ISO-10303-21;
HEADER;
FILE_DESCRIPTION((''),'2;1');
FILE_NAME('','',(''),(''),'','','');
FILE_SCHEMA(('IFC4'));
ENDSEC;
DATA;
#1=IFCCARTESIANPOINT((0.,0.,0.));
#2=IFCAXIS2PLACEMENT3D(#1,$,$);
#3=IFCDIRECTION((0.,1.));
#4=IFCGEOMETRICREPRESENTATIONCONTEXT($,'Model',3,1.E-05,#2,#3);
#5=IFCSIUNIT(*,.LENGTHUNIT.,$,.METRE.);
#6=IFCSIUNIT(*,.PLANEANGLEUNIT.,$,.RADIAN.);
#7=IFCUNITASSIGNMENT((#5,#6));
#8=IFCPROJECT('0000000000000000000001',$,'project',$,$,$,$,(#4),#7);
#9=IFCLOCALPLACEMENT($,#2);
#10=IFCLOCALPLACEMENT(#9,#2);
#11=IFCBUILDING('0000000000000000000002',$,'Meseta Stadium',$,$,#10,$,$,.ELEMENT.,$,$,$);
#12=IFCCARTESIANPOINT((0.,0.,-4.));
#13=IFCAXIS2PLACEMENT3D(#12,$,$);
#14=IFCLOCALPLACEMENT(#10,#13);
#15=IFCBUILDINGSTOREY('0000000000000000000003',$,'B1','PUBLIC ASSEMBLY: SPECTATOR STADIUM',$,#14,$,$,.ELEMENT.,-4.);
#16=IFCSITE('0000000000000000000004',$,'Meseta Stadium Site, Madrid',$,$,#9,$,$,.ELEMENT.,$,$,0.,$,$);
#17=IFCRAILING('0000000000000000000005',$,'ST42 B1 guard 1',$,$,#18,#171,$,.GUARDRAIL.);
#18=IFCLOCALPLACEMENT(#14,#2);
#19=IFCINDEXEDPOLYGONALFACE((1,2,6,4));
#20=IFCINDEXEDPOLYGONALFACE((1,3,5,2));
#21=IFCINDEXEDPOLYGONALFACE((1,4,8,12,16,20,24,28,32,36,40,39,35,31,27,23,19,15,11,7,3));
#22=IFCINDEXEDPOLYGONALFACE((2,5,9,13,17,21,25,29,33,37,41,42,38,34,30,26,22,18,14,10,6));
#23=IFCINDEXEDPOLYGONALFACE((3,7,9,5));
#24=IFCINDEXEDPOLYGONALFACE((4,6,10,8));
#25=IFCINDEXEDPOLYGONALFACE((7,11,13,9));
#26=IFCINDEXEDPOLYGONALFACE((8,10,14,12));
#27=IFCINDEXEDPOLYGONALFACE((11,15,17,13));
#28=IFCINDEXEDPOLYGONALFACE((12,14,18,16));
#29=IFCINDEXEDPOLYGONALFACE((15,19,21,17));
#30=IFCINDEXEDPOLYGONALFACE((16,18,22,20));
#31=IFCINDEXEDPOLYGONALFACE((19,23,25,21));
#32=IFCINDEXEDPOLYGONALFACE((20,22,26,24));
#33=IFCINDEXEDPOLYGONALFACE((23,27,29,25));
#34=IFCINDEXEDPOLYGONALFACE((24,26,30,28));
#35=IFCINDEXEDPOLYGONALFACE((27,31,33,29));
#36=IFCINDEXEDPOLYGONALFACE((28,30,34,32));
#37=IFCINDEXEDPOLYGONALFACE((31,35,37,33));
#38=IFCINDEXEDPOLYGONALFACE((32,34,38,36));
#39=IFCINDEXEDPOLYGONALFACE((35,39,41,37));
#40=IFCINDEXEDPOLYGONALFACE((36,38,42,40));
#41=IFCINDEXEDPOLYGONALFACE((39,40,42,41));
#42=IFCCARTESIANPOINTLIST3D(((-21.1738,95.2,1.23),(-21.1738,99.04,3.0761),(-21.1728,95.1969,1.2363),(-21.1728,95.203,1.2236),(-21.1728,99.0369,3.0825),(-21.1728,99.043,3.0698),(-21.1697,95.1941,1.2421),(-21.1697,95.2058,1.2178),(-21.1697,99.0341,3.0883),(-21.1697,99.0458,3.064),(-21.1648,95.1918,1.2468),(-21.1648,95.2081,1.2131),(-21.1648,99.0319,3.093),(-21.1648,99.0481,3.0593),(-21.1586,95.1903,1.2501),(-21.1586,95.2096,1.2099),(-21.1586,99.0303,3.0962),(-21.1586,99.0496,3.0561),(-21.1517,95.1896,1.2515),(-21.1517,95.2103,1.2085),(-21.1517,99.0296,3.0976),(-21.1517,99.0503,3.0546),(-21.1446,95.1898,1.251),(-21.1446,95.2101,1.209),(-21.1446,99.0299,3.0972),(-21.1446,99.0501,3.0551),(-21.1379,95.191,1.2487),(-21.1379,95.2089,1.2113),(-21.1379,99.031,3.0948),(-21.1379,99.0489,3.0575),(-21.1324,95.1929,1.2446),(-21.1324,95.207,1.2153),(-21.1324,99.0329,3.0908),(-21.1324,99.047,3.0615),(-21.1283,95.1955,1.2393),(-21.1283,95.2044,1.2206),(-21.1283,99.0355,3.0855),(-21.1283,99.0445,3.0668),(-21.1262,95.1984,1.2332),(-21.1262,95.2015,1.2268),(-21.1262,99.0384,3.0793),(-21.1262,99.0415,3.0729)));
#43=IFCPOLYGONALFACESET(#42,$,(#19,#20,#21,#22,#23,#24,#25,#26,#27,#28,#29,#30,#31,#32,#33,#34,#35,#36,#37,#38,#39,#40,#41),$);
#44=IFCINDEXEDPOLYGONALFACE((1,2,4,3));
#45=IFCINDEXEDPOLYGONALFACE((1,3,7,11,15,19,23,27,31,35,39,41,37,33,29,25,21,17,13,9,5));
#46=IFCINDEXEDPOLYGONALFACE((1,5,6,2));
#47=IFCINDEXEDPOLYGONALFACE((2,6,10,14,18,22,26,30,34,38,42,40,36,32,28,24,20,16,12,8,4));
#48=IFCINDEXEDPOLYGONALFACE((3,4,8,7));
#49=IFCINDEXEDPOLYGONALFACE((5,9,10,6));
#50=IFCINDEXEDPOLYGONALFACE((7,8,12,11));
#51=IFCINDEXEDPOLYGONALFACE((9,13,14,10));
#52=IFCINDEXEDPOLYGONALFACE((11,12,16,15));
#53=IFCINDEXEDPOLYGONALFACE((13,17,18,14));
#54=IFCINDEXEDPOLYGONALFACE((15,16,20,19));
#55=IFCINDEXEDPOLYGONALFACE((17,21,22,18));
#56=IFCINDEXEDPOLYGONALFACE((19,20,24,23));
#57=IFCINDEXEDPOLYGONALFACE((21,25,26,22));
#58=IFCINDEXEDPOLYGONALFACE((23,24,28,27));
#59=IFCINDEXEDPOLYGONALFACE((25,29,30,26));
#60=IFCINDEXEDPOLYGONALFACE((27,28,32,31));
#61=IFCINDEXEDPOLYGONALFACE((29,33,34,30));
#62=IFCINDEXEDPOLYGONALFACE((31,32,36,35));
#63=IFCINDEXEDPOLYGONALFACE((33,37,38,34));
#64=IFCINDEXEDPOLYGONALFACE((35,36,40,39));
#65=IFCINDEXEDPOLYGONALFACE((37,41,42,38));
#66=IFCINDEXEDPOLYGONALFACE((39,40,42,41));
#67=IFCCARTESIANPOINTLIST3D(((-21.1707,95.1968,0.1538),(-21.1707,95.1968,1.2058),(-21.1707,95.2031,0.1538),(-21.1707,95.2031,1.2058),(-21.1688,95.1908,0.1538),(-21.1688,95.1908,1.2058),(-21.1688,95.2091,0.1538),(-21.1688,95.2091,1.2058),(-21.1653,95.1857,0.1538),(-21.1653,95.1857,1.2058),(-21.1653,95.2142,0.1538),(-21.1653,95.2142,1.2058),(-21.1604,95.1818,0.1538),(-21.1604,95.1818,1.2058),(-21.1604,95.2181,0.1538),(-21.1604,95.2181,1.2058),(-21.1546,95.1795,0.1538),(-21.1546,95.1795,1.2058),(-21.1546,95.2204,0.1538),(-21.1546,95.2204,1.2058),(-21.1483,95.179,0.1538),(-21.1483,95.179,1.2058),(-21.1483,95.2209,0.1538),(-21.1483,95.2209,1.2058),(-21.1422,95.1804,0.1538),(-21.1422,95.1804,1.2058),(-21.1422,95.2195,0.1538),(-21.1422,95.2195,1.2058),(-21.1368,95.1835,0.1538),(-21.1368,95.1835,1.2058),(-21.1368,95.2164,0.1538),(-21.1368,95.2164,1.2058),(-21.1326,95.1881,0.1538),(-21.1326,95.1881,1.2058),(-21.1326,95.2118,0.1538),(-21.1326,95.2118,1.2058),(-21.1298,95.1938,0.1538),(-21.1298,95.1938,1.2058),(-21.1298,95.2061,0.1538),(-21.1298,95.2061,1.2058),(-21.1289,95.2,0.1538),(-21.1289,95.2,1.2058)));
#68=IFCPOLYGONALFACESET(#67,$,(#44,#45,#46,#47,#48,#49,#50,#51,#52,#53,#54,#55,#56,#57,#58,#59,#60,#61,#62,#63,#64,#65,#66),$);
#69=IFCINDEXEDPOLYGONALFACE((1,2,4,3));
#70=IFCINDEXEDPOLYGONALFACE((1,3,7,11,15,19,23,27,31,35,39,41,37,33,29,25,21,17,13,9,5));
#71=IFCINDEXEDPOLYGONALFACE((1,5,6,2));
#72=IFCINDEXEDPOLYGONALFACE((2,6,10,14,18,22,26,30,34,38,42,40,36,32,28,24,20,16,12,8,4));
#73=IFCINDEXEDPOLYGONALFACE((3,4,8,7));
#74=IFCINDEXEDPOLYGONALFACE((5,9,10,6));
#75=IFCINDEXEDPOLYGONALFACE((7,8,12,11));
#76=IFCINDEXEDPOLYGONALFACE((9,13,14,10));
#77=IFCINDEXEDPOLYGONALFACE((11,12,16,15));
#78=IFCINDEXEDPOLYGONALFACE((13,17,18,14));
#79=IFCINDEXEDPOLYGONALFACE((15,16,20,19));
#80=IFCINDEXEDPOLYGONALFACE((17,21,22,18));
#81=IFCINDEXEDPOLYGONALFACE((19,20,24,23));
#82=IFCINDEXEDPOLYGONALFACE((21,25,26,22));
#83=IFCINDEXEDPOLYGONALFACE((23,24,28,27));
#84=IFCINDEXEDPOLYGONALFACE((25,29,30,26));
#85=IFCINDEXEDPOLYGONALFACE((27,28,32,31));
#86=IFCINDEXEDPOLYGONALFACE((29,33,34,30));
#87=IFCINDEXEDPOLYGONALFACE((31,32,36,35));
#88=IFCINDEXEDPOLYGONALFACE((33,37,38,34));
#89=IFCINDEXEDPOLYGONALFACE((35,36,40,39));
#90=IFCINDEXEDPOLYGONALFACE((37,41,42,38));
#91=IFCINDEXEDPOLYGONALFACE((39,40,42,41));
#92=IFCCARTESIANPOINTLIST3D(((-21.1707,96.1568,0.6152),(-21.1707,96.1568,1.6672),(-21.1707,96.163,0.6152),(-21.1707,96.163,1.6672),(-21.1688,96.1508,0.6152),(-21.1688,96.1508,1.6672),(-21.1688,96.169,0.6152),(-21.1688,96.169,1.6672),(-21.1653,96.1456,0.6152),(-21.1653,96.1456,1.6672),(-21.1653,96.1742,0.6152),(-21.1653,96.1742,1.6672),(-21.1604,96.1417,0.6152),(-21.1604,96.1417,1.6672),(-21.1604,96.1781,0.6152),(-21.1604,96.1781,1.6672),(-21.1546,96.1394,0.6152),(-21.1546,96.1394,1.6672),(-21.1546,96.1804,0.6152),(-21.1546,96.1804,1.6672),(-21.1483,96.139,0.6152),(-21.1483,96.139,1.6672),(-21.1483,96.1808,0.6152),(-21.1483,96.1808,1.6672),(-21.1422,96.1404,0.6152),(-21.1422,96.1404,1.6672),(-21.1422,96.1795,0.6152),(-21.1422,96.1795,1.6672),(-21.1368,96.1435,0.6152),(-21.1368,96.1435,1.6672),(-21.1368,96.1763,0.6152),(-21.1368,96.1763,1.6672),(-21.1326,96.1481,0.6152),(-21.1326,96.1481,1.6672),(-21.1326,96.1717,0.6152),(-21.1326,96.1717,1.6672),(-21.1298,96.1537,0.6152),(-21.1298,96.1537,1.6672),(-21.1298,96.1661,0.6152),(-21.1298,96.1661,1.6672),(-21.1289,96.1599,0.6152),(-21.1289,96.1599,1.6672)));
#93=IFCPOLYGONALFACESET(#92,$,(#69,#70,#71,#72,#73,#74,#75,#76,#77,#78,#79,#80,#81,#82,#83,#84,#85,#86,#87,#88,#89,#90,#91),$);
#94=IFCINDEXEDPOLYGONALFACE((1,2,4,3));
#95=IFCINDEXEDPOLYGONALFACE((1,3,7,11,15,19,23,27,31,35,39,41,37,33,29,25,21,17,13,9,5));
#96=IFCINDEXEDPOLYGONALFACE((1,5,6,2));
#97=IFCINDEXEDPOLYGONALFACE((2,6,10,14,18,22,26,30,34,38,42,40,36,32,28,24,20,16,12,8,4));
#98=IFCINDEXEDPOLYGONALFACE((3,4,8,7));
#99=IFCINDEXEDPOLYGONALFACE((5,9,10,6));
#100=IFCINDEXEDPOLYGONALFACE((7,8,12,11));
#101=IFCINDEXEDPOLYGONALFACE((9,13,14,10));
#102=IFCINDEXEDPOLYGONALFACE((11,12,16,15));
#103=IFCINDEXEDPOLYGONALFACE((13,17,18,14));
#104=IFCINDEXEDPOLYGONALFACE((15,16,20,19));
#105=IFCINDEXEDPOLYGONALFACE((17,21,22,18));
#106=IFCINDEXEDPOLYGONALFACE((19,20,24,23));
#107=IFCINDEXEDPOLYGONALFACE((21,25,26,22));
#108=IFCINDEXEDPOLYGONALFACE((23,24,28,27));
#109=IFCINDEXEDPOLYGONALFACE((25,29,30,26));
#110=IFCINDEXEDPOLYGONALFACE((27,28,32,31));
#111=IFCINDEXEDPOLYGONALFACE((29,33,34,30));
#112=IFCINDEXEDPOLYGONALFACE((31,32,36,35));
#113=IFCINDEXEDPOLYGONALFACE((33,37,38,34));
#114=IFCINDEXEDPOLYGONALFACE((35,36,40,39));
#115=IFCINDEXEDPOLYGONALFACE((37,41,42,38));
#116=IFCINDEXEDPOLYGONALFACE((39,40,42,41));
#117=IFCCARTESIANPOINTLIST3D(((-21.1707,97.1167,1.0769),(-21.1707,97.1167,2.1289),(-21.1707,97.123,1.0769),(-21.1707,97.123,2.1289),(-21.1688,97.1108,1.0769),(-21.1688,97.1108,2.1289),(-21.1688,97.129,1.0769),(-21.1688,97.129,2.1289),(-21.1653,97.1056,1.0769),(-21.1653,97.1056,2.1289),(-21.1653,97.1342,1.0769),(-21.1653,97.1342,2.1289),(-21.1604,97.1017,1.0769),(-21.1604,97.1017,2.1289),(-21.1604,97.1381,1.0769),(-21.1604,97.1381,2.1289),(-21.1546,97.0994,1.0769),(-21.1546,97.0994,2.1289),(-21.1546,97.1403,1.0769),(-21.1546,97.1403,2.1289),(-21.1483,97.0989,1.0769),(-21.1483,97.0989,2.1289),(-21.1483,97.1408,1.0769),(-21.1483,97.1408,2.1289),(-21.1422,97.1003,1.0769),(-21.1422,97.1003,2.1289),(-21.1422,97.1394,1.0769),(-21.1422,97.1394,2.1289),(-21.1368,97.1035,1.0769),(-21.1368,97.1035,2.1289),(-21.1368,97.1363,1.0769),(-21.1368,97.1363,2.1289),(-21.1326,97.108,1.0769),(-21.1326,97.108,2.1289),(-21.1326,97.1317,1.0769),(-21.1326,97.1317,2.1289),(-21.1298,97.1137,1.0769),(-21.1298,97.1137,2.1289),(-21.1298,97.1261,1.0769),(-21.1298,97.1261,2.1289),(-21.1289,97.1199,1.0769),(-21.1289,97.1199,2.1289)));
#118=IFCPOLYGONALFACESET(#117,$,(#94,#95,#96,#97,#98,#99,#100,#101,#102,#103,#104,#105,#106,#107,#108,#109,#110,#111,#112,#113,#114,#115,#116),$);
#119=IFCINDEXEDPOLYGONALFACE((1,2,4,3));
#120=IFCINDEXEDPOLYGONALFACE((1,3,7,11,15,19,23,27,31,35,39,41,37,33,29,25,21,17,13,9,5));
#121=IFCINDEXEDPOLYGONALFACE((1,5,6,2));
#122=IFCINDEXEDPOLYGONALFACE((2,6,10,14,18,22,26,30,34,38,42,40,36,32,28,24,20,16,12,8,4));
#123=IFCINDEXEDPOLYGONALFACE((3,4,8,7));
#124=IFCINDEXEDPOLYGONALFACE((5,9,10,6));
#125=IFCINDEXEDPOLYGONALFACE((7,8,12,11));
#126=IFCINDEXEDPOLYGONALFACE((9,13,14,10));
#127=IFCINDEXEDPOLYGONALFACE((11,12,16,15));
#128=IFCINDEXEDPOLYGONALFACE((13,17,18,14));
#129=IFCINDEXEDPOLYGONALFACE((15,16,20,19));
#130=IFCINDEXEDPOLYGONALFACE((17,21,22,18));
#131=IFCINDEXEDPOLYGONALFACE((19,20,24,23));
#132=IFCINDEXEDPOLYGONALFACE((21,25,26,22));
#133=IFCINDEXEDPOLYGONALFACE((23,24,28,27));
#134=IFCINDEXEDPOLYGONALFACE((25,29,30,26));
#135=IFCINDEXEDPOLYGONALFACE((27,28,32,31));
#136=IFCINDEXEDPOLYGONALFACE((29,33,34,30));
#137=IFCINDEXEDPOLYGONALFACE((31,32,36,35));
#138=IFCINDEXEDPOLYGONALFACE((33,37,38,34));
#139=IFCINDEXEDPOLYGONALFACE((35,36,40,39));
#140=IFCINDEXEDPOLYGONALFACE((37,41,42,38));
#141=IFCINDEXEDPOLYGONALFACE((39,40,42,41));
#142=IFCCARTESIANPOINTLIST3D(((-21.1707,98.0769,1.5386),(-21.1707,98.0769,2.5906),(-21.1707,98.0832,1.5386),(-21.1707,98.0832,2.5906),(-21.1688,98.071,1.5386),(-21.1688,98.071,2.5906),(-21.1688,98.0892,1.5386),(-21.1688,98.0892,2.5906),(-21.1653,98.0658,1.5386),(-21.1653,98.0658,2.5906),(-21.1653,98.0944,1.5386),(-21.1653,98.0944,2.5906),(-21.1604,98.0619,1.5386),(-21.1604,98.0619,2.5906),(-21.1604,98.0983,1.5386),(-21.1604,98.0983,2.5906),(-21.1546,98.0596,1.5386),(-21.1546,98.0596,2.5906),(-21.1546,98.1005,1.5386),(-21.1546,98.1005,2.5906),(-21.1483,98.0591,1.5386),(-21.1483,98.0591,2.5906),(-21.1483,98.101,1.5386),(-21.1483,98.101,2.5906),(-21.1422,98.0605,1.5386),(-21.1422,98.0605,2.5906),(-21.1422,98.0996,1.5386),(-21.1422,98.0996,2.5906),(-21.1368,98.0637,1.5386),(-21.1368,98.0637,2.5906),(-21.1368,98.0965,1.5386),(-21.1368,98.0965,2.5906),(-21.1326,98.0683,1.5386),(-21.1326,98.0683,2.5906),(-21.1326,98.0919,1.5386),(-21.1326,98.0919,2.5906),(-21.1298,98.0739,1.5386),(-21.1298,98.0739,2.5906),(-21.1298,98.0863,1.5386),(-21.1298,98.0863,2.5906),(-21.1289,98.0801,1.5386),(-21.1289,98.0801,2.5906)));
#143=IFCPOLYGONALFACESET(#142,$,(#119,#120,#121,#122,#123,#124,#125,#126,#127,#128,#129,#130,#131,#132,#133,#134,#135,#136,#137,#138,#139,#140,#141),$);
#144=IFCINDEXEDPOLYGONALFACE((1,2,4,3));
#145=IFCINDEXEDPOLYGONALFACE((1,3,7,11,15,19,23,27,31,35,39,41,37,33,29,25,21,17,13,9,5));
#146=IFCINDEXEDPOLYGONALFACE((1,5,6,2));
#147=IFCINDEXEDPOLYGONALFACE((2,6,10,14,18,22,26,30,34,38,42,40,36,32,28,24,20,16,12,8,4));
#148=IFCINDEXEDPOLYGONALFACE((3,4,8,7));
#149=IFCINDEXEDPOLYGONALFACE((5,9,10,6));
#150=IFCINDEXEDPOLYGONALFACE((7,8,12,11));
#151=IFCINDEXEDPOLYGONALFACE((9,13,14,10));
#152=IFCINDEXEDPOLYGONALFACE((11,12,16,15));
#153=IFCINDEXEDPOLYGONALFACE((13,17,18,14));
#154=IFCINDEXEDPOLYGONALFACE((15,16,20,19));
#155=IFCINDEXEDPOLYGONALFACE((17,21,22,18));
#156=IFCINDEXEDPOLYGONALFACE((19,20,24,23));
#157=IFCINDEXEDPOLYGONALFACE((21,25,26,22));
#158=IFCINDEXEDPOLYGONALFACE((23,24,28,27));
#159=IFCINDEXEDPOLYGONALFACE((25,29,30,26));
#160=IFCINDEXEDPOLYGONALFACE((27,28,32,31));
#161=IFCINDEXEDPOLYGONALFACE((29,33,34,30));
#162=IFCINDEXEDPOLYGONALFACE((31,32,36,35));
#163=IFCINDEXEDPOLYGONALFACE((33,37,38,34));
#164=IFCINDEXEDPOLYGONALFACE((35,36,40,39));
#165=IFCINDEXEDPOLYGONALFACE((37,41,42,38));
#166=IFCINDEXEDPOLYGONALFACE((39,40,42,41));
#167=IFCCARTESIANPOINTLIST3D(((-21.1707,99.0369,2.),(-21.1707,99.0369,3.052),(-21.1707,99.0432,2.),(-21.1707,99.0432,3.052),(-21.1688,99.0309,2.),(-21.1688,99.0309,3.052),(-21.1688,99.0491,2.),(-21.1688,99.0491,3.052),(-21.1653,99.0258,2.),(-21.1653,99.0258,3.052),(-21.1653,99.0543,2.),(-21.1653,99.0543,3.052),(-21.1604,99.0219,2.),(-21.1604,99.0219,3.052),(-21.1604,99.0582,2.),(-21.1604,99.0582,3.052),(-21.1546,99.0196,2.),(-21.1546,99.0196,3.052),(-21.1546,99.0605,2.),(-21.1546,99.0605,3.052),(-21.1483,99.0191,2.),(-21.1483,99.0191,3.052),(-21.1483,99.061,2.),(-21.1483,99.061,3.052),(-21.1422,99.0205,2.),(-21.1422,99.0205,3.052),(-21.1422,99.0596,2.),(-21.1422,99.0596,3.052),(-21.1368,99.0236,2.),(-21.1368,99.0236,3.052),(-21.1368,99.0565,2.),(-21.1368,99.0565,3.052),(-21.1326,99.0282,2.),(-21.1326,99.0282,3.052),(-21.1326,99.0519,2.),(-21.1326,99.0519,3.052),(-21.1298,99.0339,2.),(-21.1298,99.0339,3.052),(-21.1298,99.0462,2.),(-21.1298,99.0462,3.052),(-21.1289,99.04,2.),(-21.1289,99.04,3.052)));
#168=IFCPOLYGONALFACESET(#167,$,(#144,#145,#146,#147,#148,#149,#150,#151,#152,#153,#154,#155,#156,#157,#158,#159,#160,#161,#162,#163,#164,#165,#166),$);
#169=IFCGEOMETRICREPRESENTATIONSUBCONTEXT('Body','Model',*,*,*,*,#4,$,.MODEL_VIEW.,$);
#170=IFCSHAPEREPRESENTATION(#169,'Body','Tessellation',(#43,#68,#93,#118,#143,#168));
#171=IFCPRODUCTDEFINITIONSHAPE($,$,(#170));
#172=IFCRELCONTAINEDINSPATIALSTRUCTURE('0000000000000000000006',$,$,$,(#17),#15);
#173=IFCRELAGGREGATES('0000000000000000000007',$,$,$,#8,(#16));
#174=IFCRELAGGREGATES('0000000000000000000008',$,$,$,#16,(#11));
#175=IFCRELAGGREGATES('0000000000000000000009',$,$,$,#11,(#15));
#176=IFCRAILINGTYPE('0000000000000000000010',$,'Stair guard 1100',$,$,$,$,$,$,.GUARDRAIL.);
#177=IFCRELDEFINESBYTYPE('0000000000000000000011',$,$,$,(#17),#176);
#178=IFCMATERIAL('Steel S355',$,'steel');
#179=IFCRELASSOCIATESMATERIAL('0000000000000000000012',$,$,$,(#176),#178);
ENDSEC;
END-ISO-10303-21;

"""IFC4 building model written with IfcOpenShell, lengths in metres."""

from ifc_helpers import new_model, si_unit, direction, frame, origin, origin_2d, place, context, subcontext, project, spatial, circle, extrude, material, type_object, element, save


model = new_model("IFC4")

# Units and contexts
model_context = context("Model", 3, precision=1e-05, world=origin(), true_north=direction((0.0, 1.0)))
body_context = subcontext(model_context, "Body", "Model", "MODEL_VIEW")
ifc_project = project(units=[si_unit("LENGTHUNIT", "METRE"), si_unit("PLANEANGLEUNIT", "RADIAN")], contexts=[model_context])

# Site, building, storey
site_placement = place(None, origin())
site = spatial("IfcSite", under=ifc_project, at=site_placement, Name="Meseta Stadium Site, Madrid", CompositionType="ELEMENT", RefElevation=0.0)
building_placement = place(site_placement, origin())
building = spatial("IfcBuilding", under=site, at=building_placement, Name="Meseta Stadium", CompositionType="ELEMENT")
storey_placement = place(building_placement, frame((0.0, 0.0, -4.0)))
storey = spatial("IfcBuildingStorey", under=building, at=storey_placement, Name="B1", Description="PUBLIC ASSEMBLY: SPECTATOR STADIUM", CompositionType="ELEMENT", Elevation=-4.0)

# Railing
ifc_material_1 = material(Name="Steel S355", Category="steel")
railing_type_1 = type_object("IfcRailingType", Name="Stair guard 1100", PredefinedType="GUARDRAIL", material=ifc_material_1)
railing_1_placement = place(storey_placement, frame((-21.1499, 95.2, 0.1538)))
element("IfcRailing", 1, at=railing_1_placement, inside=storey, type_object=railing_type_1, Name="ST42 B1 guard 1", PredefinedType="GUARDRAIL", context=body_context, shape_type="SweptSolid", body=[
    extrude(circle(Radius=0.0239, at=origin_2d()), frame((0.0, 0.0, 1.0762), z_axis=(0.0, 0.901253, 0.433294), x_axis=(-1.0, 0.0, 0.0)), (0.0, 0.0, 1.0), 4.2607),
    extrude(circle(Radius=0.021, at=origin_2d()), origin(), (0.0, 0.0, 1.0), 1.052),
    extrude(circle(Radius=0.021, at=origin_2d()), frame((0.0, 0.96, 0.4614)), (0.0, 0.0, 1.0), 1.052),
    extrude(circle(Radius=0.021, at=origin_2d()), frame((0.0, 1.9199, 0.9231)), (0.0, 0.0, 1.0), 1.052),
    extrude(circle(Radius=0.021, at=origin_2d()), frame((0.0, 2.8801, 1.3848)), (0.0, 0.0, 1.0), 1.052),
    extrude(circle(Radius=0.021, at=origin_2d()), frame((0.0, 3.8401, 1.8462)), (0.0, 0.0, 1.0), 1.052),
])

save(model, "model.ifc")
